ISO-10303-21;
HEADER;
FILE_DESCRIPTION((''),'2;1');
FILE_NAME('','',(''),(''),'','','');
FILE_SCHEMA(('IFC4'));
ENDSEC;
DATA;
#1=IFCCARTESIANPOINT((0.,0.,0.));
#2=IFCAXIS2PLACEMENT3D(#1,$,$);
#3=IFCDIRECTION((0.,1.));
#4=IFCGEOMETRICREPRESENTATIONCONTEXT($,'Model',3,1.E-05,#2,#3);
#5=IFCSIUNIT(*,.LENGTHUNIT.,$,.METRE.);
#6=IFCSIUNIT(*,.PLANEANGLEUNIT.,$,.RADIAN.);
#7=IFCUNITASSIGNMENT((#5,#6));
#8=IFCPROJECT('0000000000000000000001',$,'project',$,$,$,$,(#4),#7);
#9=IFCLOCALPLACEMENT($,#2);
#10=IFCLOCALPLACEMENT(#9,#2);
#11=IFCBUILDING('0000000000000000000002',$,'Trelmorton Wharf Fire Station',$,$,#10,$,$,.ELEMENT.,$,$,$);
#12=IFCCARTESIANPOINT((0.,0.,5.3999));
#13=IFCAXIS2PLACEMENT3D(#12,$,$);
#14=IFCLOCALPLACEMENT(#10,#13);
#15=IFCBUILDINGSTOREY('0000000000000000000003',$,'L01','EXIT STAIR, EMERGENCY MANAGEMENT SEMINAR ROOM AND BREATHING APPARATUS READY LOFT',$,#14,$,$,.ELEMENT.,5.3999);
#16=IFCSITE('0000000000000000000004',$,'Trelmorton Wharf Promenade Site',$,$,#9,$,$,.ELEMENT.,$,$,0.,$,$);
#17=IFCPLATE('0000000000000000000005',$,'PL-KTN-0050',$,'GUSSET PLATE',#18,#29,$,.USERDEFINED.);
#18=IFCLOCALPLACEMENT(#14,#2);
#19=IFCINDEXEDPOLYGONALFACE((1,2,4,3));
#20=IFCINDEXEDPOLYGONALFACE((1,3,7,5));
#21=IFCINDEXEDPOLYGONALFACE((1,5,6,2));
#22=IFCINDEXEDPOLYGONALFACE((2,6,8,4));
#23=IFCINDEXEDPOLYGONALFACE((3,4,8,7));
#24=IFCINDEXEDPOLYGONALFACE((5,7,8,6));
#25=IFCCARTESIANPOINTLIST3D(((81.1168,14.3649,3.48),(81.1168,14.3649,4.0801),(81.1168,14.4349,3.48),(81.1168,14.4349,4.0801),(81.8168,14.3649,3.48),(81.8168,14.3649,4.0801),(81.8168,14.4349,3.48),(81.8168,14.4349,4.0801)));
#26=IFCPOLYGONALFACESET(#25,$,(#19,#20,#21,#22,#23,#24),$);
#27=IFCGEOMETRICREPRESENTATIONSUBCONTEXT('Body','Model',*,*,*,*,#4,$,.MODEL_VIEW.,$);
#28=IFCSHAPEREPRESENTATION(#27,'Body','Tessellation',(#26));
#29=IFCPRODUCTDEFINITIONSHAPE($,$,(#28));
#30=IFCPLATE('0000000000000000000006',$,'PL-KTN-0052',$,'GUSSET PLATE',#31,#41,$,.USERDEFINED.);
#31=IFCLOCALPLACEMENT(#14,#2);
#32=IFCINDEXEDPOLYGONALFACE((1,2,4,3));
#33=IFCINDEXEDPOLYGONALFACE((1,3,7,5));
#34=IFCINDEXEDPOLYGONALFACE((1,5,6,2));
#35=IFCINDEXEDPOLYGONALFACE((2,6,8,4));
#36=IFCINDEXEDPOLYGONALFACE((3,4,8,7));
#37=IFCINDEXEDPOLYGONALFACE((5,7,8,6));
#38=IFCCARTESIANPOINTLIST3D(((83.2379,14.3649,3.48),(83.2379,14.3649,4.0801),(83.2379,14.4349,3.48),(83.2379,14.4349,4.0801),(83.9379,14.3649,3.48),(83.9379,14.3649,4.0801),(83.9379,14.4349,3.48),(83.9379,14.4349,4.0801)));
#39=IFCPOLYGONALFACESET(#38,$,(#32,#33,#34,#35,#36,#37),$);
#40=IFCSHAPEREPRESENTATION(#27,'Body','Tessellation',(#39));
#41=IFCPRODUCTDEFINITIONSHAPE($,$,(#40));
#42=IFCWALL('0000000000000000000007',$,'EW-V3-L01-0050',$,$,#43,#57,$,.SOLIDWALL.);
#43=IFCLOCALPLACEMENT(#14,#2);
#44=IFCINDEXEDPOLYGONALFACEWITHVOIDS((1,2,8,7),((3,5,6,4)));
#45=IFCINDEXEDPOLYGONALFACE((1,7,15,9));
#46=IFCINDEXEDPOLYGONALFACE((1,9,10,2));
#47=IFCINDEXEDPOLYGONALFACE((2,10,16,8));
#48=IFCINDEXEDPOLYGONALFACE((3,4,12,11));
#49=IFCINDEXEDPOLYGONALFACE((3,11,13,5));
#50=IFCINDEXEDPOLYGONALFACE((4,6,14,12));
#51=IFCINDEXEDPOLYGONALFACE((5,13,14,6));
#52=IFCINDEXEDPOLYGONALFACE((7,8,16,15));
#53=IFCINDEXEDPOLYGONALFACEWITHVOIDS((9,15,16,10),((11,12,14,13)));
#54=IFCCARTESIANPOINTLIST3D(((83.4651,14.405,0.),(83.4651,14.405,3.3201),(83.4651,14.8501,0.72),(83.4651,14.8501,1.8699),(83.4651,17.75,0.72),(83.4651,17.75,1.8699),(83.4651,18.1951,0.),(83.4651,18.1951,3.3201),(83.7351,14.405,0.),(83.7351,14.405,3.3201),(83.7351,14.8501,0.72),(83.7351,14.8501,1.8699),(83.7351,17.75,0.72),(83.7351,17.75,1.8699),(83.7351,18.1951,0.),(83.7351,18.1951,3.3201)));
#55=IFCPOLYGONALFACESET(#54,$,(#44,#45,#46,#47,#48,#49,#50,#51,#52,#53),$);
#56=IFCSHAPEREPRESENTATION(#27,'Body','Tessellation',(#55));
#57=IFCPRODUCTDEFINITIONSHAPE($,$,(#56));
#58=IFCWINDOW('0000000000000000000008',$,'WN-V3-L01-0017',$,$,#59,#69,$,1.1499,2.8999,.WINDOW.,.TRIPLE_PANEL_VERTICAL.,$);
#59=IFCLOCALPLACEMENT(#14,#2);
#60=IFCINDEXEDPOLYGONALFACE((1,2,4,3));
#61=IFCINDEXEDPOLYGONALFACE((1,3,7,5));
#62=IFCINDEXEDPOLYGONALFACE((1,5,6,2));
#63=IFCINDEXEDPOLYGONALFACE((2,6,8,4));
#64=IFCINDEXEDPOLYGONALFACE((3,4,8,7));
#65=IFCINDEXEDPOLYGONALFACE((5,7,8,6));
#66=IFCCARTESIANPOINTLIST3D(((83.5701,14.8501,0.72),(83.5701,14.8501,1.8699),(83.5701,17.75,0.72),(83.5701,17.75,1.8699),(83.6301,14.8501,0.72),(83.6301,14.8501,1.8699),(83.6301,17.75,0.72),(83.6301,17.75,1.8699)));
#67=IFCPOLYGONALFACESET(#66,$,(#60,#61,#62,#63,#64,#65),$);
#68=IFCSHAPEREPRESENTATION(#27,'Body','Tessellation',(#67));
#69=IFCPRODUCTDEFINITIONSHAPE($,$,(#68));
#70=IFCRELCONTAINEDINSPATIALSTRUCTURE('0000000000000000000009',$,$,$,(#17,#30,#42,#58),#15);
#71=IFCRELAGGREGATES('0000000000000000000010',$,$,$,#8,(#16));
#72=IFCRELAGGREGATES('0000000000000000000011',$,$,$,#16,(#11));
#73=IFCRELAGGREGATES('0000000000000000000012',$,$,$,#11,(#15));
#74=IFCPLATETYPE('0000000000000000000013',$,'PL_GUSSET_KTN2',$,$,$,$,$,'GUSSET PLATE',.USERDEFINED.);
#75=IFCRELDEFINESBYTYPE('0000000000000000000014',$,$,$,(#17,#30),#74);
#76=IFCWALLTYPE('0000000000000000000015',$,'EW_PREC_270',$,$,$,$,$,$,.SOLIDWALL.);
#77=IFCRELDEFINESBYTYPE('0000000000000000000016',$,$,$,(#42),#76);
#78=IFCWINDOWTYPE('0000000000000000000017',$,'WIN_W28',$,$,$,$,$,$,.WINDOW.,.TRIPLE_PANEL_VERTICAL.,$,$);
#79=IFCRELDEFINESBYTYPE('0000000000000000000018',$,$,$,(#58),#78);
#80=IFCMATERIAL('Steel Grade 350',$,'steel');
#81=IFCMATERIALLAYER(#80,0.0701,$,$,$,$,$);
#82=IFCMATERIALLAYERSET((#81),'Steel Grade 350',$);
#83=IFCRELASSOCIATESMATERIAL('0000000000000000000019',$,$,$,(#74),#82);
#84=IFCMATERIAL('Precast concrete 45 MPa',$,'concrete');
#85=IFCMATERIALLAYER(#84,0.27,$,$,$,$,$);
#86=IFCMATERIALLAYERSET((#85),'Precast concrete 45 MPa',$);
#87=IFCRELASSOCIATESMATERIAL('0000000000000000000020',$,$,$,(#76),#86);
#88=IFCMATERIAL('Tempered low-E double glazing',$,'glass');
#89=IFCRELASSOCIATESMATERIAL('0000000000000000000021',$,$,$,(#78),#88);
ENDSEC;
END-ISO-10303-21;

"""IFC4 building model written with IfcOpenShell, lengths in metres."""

from ifc_helpers import new_model, si_unit, direction, frame, frame_2d, origin, origin_2d, place, context, subcontext, project, spatial, rectangle, extrude, material, layer, layer_set, type_object, element, fill, save


model = new_model("IFC4")

# Units and contexts
model_context = context("Model", 3, precision=1e-05, world=origin(), true_north=direction((0.0, 1.0)))
body_context = subcontext(model_context, "Body", "Model", "MODEL_VIEW")
ifc_project = project(units=[si_unit("LENGTHUNIT", "METRE"), si_unit("PLANEANGLEUNIT", "RADIAN")], contexts=[model_context])

# Site, building, storey
site_placement = place(None, origin())
site = spatial("IfcSite", under=ifc_project, at=site_placement, Name="Trelmorton Wharf Promenade Site", CompositionType="ELEMENT", RefElevation=0.0)
building_placement = place(site_placement, origin())
building = spatial("IfcBuilding", under=site, at=building_placement, Name="Trelmorton Wharf Fire Station", CompositionType="ELEMENT")
storey_placement = place(building_placement, frame((0.0, 0.0, 5.3999)))
storey = spatial("IfcBuildingStorey", under=building, at=storey_placement, Name="L01", Description="EXIT STAIR, EMERGENCY MANAGEMENT SEMINAR ROOM AND BREATHING APPARATUS READY LOFT", CompositionType="ELEMENT", Elevation=5.3999)

# Shared definitions
ifc_material_1 = material(Name="Steel Grade 350", Category="steel")

# Shared definitions
ifc_material_2 = material(Name="Tempered low-E double glazing", Category="glass")

# Plates
ifc_layer_1 = layer(ifc_material_1, 0.0701)
ifc_layer_set_1 = layer_set([ifc_layer_1], Name="Steel Grade 350")
plate_type_1 = type_object("IfcPlateType", Name="PL_GUSSET_KTN2", ElementType="GUSSET PLATE", PredefinedType="USERDEFINED", material=ifc_layer_set_1)
for number, where, z_axis, x_axis, name in (
    (1, (81.4668, 14.3999, 3.48), (0.0, 0.0, 1.0), (1.0, 0.0, 0.0), "PL-KTN-0050"),
    (2, (83.5879, 14.3999, 3.48), (0.0, 0.0, 1.0), (1.0, 0.0, 0.0), "PL-KTN-0052"),
):
    element("IfcPlate", number, at=place(storey_placement, frame(where, z_axis=z_axis, x_axis=x_axis)), inside=storey, type_object=plate_type_1, Name=name, ObjectType="GUSSET PLATE", PredefinedType="USERDEFINED", context=body_context, shape_type="SweptSolid", body=[
        extrude(rectangle(XDim=0.7, YDim=0.0701, at=origin_2d()), origin(), (0.0, 0.0, 1.0), 0.6001),
    ])

# Wall, opening, window
ifc_material_3 = material(Name="Precast concrete 45 MPa", Category="concrete")
ifc_layer_2 = layer(ifc_material_3, 0.27)
ifc_layer_set_2 = layer_set([ifc_layer_2], Name="Precast concrete 45 MPa")
wall_type = type_object("IfcWallType", Name="EW_PREC_270", PredefinedType="SOLIDWALL", material=ifc_layer_set_2)
wall_placement = place(storey_placement, frame((83.6001, 18.1951, 0.0), z_axis=(0.0, 0.0, 1.0), x_axis=(0.0, -1.0, 0.0)))
wall = element("IfcWall", 3, at=wall_placement, inside=storey, type_object=wall_type, Name="EW-V3-L01-0050", PredefinedType="SOLIDWALL", context=body_context, shape_type="SweptSolid", body=[
    extrude(rectangle(XDim=3.79, YDim=0.27, at=frame_2d((1.895, 0.0))), origin(), (0.0, 0.0, 1.0), 3.3201),
])
opening_placement = place(wall_placement, frame((0.4451, 0.0, 0.72)))
opening = element("IfcOpeningElement", 4, at=opening_placement, cuts=wall, PredefinedType="OPENING", context=body_context, shape_type="SweptSolid", body=[
    extrude(rectangle(XDim=2.8999, YDim=1.1499, at=frame_2d((1.45, 0.575))), frame((0.0, 0.145, 0.0), z_axis=(0.0, -1.0, 0.0), x_axis=(1.0, 0.0, 0.0)), (0.0, 0.0, 1.0), 0.29),
])
window_type = type_object("IfcWindowType", Name="WIN_W28", PartitioningType="TRIPLE_PANEL_VERTICAL", PredefinedType="WINDOW", material=ifc_material_2)
window_placement = place(opening_placement, origin())
window = element("IfcWindow", 5, at=window_placement, inside=storey, type_object=window_type, Name="WN-V3-L01-0017", OverallHeight=1.1499, OverallWidth=2.8999, PartitioningType="TRIPLE_PANEL_VERTICAL", PredefinedType="WINDOW", context=body_context, shape_type="SweptSolid", body=[
    extrude(rectangle(XDim=2.8999, YDim=1.1499, at=frame_2d((1.45, 0.575))), frame((0.0, 0.03, 0.0), z_axis=(0.0, -1.0, 0.0), x_axis=(1.0, 0.0, 0.0)), (0.0, 0.0, 1.0), 0.0601),
])
fill(opening, window)

save(model, "model.ifc")
